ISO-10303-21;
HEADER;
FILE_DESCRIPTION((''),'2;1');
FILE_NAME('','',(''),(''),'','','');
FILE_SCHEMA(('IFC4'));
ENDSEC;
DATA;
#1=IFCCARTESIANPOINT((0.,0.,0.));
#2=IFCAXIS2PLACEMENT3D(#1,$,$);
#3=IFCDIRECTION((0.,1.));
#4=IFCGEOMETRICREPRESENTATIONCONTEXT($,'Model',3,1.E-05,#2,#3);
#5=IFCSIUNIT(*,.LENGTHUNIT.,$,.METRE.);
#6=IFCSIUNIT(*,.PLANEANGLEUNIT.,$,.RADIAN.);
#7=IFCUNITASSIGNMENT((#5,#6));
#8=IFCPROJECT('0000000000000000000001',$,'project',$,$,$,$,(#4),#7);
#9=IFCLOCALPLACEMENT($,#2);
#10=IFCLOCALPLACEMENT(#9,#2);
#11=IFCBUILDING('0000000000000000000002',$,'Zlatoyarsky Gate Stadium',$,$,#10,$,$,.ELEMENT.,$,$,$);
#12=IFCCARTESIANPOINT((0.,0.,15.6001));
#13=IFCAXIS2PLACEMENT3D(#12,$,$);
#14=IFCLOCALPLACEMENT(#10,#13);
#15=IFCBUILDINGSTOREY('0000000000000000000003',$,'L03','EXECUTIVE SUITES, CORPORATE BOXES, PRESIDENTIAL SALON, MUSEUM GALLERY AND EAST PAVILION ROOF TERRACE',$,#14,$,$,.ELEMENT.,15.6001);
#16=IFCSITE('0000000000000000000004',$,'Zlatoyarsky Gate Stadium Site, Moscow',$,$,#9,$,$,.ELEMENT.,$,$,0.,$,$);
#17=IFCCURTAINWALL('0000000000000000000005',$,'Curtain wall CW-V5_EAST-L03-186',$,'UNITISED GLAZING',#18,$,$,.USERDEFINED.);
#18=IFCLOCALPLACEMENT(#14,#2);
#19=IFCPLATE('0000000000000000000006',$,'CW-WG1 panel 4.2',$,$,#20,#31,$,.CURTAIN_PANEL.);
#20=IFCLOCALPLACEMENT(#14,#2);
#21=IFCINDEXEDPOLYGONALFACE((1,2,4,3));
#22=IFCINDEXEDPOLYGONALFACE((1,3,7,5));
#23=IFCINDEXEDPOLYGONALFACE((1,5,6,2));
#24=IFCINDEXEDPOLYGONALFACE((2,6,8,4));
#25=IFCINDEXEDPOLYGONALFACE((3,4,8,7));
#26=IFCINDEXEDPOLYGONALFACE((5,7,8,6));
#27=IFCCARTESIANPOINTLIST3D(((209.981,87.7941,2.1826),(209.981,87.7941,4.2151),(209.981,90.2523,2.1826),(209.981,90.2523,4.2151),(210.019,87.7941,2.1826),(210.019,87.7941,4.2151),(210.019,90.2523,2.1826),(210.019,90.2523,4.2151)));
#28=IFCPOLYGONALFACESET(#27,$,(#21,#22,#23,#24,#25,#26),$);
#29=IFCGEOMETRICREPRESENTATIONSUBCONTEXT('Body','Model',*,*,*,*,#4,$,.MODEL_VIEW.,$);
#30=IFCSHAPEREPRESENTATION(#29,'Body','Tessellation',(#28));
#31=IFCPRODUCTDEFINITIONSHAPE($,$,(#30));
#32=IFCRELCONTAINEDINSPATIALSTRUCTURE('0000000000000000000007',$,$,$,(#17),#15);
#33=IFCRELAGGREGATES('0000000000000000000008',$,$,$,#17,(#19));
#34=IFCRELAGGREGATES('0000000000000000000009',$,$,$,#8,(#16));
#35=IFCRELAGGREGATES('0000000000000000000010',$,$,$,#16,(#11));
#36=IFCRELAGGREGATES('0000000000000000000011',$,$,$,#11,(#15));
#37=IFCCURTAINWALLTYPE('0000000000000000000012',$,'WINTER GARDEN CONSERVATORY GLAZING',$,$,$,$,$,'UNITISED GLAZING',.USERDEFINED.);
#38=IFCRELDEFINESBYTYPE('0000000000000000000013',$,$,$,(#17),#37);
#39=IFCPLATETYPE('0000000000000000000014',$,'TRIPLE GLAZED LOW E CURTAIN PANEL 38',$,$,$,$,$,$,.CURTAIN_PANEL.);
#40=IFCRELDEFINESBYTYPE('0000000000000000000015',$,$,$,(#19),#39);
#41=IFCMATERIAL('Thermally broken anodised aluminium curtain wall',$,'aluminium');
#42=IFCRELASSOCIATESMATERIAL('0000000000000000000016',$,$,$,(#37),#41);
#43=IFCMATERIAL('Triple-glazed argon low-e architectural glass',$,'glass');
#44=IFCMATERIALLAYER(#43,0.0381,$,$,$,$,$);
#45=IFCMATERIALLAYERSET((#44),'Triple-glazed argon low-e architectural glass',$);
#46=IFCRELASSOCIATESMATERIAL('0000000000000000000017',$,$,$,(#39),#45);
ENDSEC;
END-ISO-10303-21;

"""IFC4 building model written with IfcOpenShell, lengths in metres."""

from ifc_helpers import new_model, si_unit, direction, frame, origin, origin_2d, place, context, subcontext, project, spatial, rectangle, extrude, material, layer, layer_set, type_object, element, aggregate, save


model = new_model("IFC4")

# Units and contexts
model_context = context("Model", 3, precision=1e-05, world=origin(), true_north=direction((0.0, 1.0)))
body_context = subcontext(model_context, "Body", "Model", "MODEL_VIEW")
ifc_project = project(units=[si_unit("LENGTHUNIT", "METRE"), si_unit("PLANEANGLEUNIT", "RADIAN")], contexts=[model_context])

# Site, building, storey
site_placement = place(None, origin())
site = spatial("IfcSite", under=ifc_project, at=site_placement, Name="Zlatoyarsky Gate Stadium Site, Moscow", CompositionType="ELEMENT", RefElevation=0.0)
building_placement = place(site_placement, origin())
building = spatial("IfcBuilding", under=site, at=building_placement, Name="Zlatoyarsky Gate Stadium", CompositionType="ELEMENT")
storey_placement = place(building_placement, frame((0.0, 0.0, 15.6001)))
storey = spatial("IfcBuildingStorey", under=building, at=storey_placement, Name="L03", Description="EXECUTIVE SUITES, CORPORATE BOXES, PRESIDENTIAL SALON, MUSEUM GALLERY AND EAST PAVILION ROOF TERRACE", CompositionType="ELEMENT", Elevation=15.6001)

# Curtain wall
ifc_material_1 = material(Name="Thermally broken anodised aluminium curtain wall", Category="aluminium")
curtain_wall_type = type_object("IfcCurtainWallType", Name="WINTER GARDEN CONSERVATORY GLAZING", ElementType="UNITISED GLAZING", PredefinedType="USERDEFINED", material=ifc_material_1)
curtain_wall_placement = place(storey_placement, origin())
curtain_wall = element("IfcCurtainWall", 1, at=curtain_wall_placement, inside=storey, type_object=curtain_wall_type, Name="Curtain wall CW-V5_EAST-L03-186", ObjectType="UNITISED GLAZING", PredefinedType="USERDEFINED")

# Plate
ifc_material_2 = material(Name="Triple-glazed argon low-e architectural glass", Category="glass")
ifc_layer = layer(ifc_material_2, 0.0381)
ifc_layer_set = layer_set([ifc_layer], Name="Triple-glazed argon low-e architectural glass")
plate_type = type_object("IfcPlateType", Name="TRIPLE GLAZED LOW E CURTAIN PANEL 38", PredefinedType="CURTAIN_PANEL", material=ifc_layer_set)
plate_1_placement = place(storey_placement, frame((210.0, 89.0232, 2.1826), z_axis=(0.0, 0.0, 1.0), x_axis=(0.0, 1.0, 0.0)))
plate_1 = element("IfcPlate", 2, at=plate_1_placement, type_object=plate_type, Name="CW-WG1 panel 4.2", PredefinedType="CURTAIN_PANEL", context=body_context, shape_type="SweptSolid", body=[
    extrude(rectangle(XDim=2.4583, YDim=0.0381, at=origin_2d()), origin(), (0.0, 0.0, 1.0), 2.0325),
])
aggregate(curtain_wall, [plate_1])

save(model, "model.ifc")
